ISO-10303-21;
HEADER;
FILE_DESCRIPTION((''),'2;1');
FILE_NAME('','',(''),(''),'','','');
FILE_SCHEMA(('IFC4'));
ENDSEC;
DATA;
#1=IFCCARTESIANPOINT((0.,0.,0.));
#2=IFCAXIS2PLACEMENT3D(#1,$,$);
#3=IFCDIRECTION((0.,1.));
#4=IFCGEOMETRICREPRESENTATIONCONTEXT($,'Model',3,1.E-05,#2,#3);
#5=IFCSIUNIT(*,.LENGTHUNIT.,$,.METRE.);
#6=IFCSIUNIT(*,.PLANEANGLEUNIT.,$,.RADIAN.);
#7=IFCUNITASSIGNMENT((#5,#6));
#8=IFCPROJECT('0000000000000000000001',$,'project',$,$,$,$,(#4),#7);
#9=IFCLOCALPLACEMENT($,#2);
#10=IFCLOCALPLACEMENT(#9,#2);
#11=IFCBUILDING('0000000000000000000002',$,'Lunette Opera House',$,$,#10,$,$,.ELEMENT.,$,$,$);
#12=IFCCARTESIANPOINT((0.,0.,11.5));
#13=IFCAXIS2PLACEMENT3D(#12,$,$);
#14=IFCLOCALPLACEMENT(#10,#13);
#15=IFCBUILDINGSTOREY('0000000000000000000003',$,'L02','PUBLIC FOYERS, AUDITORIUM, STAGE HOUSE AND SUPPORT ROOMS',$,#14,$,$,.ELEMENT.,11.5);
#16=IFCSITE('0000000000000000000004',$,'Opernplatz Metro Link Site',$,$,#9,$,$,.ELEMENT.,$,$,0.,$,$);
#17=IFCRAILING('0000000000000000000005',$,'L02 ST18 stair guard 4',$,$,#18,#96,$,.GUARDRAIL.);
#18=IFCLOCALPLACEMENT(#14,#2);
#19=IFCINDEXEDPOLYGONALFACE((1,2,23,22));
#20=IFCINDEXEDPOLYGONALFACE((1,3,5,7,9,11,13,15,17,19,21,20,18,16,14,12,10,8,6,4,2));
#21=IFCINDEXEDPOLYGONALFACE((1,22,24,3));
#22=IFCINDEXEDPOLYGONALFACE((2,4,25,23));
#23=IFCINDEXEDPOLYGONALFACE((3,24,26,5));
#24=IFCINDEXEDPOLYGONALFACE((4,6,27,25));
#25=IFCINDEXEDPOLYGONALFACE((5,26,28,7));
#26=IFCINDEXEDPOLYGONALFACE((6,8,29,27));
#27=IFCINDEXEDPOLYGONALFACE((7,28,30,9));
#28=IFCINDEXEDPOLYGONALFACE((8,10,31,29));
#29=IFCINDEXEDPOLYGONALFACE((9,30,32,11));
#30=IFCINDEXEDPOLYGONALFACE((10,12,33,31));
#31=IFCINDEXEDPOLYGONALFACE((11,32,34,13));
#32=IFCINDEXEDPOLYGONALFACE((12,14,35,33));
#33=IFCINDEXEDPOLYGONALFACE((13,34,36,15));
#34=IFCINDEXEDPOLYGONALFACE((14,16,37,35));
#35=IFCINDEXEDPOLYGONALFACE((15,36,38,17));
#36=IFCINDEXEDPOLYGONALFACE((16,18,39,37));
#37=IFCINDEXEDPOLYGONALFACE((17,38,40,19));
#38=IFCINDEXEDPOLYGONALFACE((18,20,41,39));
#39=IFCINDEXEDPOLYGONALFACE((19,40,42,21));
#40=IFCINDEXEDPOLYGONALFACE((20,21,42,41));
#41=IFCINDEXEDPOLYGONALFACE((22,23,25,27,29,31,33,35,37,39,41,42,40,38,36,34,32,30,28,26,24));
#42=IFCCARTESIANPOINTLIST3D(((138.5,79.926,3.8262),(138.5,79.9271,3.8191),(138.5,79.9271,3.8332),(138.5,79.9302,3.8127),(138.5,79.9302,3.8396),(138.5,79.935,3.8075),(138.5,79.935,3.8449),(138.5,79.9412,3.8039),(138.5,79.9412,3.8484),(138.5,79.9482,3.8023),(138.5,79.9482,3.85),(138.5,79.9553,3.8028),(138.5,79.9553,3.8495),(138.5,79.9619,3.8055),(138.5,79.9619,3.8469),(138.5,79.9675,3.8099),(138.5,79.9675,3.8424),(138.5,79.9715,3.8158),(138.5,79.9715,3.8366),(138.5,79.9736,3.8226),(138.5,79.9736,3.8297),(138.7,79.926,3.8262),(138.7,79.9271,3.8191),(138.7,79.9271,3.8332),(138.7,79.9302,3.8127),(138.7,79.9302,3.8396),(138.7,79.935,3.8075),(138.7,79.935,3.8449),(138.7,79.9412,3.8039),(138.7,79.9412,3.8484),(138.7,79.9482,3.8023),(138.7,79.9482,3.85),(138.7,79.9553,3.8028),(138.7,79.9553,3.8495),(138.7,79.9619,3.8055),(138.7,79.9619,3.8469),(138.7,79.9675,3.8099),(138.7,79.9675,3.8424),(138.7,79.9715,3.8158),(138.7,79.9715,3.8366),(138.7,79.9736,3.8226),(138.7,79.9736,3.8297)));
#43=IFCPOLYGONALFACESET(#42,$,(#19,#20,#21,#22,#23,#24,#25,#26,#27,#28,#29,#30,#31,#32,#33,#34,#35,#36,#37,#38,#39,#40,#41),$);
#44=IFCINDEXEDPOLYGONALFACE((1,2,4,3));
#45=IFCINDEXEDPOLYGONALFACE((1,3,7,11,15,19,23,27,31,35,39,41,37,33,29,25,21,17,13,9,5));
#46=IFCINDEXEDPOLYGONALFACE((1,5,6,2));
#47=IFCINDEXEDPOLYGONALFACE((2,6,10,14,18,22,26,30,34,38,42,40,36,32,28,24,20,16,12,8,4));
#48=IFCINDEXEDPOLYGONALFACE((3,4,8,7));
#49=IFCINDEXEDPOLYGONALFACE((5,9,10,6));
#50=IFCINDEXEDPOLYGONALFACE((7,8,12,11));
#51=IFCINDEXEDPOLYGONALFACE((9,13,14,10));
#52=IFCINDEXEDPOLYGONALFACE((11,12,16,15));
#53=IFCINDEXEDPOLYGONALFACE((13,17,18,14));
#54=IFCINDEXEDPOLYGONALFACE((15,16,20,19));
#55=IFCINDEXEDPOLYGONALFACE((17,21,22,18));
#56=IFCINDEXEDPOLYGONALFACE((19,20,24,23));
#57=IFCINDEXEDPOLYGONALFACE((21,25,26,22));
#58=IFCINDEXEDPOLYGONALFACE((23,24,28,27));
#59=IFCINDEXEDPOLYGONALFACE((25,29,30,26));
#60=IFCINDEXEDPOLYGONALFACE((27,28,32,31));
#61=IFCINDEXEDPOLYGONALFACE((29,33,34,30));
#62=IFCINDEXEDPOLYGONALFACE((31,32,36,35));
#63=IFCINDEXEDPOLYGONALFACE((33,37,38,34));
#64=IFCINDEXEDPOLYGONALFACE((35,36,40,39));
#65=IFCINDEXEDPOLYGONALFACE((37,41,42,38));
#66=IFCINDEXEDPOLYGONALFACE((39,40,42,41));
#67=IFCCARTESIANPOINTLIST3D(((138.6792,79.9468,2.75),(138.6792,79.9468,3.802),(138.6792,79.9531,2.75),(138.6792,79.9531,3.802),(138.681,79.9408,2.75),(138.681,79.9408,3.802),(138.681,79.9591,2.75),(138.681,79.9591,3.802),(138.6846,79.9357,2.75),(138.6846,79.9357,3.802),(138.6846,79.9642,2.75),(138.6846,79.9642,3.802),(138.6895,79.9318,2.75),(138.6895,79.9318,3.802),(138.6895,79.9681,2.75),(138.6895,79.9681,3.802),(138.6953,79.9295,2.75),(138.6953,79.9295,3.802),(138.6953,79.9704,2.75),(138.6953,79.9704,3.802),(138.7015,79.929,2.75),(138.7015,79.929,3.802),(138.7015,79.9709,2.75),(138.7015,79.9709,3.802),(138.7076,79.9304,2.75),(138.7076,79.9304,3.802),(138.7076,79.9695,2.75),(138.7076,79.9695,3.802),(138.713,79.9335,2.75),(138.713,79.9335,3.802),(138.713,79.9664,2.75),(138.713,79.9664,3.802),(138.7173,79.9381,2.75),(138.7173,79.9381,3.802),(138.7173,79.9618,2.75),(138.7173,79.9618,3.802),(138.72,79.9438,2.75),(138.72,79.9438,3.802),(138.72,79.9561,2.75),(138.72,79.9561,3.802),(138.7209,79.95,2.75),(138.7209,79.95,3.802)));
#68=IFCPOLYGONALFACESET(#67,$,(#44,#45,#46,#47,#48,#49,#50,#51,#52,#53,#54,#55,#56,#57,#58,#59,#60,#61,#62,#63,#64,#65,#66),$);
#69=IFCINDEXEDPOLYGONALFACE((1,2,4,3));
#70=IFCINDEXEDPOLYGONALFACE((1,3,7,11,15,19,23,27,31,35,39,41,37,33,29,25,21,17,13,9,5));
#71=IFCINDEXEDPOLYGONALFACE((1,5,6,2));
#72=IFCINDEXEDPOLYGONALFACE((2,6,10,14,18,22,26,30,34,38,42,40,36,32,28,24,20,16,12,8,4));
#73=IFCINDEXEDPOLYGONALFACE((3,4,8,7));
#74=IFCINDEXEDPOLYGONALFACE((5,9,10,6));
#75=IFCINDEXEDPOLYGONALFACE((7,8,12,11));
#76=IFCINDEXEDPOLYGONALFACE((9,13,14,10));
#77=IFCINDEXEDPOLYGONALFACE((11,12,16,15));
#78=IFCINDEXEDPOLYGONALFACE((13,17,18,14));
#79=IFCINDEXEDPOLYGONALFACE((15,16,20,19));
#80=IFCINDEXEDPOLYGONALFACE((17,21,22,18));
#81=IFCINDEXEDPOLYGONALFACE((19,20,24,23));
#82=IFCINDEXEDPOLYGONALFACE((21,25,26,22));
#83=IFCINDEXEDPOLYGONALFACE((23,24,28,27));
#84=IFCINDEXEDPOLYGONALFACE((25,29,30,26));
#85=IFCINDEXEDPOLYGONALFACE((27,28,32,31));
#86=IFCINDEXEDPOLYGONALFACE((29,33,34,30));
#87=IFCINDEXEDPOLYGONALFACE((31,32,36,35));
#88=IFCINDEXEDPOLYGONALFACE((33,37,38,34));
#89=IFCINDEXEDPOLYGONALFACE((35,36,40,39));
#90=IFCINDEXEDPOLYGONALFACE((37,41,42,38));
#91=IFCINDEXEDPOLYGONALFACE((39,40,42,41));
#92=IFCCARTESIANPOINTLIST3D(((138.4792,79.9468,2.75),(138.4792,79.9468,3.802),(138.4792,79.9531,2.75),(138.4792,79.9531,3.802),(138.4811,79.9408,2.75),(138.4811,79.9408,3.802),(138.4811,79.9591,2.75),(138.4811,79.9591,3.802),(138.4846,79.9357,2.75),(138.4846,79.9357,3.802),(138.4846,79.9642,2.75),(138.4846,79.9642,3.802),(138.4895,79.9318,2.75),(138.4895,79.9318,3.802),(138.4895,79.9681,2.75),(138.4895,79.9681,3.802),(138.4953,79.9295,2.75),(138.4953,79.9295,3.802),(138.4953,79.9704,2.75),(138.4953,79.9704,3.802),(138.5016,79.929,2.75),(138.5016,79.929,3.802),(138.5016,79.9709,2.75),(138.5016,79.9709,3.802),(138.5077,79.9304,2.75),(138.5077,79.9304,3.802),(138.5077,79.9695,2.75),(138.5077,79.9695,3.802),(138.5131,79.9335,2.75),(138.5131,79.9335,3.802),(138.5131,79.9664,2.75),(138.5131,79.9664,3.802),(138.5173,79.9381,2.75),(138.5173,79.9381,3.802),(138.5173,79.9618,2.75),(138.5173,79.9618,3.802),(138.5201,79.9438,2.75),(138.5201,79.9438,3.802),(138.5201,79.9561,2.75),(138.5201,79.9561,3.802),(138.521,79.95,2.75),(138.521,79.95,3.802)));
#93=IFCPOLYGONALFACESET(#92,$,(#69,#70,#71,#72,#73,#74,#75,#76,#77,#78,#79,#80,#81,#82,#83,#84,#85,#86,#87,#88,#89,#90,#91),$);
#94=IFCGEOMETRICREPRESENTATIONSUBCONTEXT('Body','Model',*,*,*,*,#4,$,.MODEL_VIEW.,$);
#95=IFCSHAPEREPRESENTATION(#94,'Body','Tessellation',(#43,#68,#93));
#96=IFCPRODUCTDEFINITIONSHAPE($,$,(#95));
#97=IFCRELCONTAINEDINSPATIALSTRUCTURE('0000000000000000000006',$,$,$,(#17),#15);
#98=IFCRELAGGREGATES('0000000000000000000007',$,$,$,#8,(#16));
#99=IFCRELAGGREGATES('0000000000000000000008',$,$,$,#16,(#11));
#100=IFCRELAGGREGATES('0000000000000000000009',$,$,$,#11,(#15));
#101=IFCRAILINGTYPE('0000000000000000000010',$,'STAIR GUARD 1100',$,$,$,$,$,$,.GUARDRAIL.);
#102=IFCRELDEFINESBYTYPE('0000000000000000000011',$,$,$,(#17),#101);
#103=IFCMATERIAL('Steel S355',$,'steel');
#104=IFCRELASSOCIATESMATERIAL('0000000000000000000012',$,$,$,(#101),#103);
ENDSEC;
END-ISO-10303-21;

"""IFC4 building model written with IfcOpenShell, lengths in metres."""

from ifc_helpers import new_model, si_unit, direction, frame, origin, origin_2d, place, context, subcontext, project, spatial, circle, extrude, material, type_object, element, save


model = new_model("IFC4")

# Units and contexts
model_context = context("Model", 3, precision=1e-05, world=origin(), true_north=direction((0.0, 1.0)))
body_context = subcontext(model_context, "Body", "Model", "MODEL_VIEW")
ifc_project = project(units=[si_unit("LENGTHUNIT", "METRE"), si_unit("PLANEANGLEUNIT", "RADIAN")], contexts=[model_context])

# Site, building, storey
site_placement = place(None, origin())
site = spatial("IfcSite", under=ifc_project, at=site_placement, Name="Opernplatz Metro Link Site", CompositionType="ELEMENT", RefElevation=0.0)
building_placement = place(site_placement, origin())
building = spatial("IfcBuilding", under=site, at=building_placement, Name="Lunette Opera House", CompositionType="ELEMENT")
storey_placement = place(building_placement, frame((0.0, 0.0, 11.5)))
storey = spatial("IfcBuildingStorey", under=building, at=storey_placement, Name="L02", Description="PUBLIC FOYERS, AUDITORIUM, STAGE HOUSE AND SUPPORT ROOMS", CompositionType="ELEMENT", Elevation=11.5)

# Railing
ifc_material_1 = material(Name="Steel S355", Category="steel")
railing_type_1 = type_object("IfcRailingType", Name="STAIR GUARD 1100", PredefinedType="GUARDRAIL", material=ifc_material_1)
railing_1_placement = place(storey_placement, frame((138.7, 79.95, 2.75)))
element("IfcRailing", 1, at=railing_1_placement, inside=storey, type_object=railing_type_1, Name="L02 ST18 stair guard 4", PredefinedType="GUARDRAIL", context=body_context, shape_type="SweptSolid", body=[
    extrude(circle(Radius=0.0239, at=origin_2d()), frame((0.0, 0.0, 1.0762), z_axis=(-1.0, 0.0, 0.0), x_axis=(0.0, -1.0, 0.0)), (0.0, 0.0, 1.0), 0.2),
    extrude(circle(Radius=0.021, at=origin_2d()), origin(), (0.0, 0.0, 1.0), 1.052),
    extrude(circle(Radius=0.021, at=origin_2d()), frame((-0.2, 0.0, 0.0)), (0.0, 0.0, 1.0), 1.052),
])

save(model, "model.ifc")
